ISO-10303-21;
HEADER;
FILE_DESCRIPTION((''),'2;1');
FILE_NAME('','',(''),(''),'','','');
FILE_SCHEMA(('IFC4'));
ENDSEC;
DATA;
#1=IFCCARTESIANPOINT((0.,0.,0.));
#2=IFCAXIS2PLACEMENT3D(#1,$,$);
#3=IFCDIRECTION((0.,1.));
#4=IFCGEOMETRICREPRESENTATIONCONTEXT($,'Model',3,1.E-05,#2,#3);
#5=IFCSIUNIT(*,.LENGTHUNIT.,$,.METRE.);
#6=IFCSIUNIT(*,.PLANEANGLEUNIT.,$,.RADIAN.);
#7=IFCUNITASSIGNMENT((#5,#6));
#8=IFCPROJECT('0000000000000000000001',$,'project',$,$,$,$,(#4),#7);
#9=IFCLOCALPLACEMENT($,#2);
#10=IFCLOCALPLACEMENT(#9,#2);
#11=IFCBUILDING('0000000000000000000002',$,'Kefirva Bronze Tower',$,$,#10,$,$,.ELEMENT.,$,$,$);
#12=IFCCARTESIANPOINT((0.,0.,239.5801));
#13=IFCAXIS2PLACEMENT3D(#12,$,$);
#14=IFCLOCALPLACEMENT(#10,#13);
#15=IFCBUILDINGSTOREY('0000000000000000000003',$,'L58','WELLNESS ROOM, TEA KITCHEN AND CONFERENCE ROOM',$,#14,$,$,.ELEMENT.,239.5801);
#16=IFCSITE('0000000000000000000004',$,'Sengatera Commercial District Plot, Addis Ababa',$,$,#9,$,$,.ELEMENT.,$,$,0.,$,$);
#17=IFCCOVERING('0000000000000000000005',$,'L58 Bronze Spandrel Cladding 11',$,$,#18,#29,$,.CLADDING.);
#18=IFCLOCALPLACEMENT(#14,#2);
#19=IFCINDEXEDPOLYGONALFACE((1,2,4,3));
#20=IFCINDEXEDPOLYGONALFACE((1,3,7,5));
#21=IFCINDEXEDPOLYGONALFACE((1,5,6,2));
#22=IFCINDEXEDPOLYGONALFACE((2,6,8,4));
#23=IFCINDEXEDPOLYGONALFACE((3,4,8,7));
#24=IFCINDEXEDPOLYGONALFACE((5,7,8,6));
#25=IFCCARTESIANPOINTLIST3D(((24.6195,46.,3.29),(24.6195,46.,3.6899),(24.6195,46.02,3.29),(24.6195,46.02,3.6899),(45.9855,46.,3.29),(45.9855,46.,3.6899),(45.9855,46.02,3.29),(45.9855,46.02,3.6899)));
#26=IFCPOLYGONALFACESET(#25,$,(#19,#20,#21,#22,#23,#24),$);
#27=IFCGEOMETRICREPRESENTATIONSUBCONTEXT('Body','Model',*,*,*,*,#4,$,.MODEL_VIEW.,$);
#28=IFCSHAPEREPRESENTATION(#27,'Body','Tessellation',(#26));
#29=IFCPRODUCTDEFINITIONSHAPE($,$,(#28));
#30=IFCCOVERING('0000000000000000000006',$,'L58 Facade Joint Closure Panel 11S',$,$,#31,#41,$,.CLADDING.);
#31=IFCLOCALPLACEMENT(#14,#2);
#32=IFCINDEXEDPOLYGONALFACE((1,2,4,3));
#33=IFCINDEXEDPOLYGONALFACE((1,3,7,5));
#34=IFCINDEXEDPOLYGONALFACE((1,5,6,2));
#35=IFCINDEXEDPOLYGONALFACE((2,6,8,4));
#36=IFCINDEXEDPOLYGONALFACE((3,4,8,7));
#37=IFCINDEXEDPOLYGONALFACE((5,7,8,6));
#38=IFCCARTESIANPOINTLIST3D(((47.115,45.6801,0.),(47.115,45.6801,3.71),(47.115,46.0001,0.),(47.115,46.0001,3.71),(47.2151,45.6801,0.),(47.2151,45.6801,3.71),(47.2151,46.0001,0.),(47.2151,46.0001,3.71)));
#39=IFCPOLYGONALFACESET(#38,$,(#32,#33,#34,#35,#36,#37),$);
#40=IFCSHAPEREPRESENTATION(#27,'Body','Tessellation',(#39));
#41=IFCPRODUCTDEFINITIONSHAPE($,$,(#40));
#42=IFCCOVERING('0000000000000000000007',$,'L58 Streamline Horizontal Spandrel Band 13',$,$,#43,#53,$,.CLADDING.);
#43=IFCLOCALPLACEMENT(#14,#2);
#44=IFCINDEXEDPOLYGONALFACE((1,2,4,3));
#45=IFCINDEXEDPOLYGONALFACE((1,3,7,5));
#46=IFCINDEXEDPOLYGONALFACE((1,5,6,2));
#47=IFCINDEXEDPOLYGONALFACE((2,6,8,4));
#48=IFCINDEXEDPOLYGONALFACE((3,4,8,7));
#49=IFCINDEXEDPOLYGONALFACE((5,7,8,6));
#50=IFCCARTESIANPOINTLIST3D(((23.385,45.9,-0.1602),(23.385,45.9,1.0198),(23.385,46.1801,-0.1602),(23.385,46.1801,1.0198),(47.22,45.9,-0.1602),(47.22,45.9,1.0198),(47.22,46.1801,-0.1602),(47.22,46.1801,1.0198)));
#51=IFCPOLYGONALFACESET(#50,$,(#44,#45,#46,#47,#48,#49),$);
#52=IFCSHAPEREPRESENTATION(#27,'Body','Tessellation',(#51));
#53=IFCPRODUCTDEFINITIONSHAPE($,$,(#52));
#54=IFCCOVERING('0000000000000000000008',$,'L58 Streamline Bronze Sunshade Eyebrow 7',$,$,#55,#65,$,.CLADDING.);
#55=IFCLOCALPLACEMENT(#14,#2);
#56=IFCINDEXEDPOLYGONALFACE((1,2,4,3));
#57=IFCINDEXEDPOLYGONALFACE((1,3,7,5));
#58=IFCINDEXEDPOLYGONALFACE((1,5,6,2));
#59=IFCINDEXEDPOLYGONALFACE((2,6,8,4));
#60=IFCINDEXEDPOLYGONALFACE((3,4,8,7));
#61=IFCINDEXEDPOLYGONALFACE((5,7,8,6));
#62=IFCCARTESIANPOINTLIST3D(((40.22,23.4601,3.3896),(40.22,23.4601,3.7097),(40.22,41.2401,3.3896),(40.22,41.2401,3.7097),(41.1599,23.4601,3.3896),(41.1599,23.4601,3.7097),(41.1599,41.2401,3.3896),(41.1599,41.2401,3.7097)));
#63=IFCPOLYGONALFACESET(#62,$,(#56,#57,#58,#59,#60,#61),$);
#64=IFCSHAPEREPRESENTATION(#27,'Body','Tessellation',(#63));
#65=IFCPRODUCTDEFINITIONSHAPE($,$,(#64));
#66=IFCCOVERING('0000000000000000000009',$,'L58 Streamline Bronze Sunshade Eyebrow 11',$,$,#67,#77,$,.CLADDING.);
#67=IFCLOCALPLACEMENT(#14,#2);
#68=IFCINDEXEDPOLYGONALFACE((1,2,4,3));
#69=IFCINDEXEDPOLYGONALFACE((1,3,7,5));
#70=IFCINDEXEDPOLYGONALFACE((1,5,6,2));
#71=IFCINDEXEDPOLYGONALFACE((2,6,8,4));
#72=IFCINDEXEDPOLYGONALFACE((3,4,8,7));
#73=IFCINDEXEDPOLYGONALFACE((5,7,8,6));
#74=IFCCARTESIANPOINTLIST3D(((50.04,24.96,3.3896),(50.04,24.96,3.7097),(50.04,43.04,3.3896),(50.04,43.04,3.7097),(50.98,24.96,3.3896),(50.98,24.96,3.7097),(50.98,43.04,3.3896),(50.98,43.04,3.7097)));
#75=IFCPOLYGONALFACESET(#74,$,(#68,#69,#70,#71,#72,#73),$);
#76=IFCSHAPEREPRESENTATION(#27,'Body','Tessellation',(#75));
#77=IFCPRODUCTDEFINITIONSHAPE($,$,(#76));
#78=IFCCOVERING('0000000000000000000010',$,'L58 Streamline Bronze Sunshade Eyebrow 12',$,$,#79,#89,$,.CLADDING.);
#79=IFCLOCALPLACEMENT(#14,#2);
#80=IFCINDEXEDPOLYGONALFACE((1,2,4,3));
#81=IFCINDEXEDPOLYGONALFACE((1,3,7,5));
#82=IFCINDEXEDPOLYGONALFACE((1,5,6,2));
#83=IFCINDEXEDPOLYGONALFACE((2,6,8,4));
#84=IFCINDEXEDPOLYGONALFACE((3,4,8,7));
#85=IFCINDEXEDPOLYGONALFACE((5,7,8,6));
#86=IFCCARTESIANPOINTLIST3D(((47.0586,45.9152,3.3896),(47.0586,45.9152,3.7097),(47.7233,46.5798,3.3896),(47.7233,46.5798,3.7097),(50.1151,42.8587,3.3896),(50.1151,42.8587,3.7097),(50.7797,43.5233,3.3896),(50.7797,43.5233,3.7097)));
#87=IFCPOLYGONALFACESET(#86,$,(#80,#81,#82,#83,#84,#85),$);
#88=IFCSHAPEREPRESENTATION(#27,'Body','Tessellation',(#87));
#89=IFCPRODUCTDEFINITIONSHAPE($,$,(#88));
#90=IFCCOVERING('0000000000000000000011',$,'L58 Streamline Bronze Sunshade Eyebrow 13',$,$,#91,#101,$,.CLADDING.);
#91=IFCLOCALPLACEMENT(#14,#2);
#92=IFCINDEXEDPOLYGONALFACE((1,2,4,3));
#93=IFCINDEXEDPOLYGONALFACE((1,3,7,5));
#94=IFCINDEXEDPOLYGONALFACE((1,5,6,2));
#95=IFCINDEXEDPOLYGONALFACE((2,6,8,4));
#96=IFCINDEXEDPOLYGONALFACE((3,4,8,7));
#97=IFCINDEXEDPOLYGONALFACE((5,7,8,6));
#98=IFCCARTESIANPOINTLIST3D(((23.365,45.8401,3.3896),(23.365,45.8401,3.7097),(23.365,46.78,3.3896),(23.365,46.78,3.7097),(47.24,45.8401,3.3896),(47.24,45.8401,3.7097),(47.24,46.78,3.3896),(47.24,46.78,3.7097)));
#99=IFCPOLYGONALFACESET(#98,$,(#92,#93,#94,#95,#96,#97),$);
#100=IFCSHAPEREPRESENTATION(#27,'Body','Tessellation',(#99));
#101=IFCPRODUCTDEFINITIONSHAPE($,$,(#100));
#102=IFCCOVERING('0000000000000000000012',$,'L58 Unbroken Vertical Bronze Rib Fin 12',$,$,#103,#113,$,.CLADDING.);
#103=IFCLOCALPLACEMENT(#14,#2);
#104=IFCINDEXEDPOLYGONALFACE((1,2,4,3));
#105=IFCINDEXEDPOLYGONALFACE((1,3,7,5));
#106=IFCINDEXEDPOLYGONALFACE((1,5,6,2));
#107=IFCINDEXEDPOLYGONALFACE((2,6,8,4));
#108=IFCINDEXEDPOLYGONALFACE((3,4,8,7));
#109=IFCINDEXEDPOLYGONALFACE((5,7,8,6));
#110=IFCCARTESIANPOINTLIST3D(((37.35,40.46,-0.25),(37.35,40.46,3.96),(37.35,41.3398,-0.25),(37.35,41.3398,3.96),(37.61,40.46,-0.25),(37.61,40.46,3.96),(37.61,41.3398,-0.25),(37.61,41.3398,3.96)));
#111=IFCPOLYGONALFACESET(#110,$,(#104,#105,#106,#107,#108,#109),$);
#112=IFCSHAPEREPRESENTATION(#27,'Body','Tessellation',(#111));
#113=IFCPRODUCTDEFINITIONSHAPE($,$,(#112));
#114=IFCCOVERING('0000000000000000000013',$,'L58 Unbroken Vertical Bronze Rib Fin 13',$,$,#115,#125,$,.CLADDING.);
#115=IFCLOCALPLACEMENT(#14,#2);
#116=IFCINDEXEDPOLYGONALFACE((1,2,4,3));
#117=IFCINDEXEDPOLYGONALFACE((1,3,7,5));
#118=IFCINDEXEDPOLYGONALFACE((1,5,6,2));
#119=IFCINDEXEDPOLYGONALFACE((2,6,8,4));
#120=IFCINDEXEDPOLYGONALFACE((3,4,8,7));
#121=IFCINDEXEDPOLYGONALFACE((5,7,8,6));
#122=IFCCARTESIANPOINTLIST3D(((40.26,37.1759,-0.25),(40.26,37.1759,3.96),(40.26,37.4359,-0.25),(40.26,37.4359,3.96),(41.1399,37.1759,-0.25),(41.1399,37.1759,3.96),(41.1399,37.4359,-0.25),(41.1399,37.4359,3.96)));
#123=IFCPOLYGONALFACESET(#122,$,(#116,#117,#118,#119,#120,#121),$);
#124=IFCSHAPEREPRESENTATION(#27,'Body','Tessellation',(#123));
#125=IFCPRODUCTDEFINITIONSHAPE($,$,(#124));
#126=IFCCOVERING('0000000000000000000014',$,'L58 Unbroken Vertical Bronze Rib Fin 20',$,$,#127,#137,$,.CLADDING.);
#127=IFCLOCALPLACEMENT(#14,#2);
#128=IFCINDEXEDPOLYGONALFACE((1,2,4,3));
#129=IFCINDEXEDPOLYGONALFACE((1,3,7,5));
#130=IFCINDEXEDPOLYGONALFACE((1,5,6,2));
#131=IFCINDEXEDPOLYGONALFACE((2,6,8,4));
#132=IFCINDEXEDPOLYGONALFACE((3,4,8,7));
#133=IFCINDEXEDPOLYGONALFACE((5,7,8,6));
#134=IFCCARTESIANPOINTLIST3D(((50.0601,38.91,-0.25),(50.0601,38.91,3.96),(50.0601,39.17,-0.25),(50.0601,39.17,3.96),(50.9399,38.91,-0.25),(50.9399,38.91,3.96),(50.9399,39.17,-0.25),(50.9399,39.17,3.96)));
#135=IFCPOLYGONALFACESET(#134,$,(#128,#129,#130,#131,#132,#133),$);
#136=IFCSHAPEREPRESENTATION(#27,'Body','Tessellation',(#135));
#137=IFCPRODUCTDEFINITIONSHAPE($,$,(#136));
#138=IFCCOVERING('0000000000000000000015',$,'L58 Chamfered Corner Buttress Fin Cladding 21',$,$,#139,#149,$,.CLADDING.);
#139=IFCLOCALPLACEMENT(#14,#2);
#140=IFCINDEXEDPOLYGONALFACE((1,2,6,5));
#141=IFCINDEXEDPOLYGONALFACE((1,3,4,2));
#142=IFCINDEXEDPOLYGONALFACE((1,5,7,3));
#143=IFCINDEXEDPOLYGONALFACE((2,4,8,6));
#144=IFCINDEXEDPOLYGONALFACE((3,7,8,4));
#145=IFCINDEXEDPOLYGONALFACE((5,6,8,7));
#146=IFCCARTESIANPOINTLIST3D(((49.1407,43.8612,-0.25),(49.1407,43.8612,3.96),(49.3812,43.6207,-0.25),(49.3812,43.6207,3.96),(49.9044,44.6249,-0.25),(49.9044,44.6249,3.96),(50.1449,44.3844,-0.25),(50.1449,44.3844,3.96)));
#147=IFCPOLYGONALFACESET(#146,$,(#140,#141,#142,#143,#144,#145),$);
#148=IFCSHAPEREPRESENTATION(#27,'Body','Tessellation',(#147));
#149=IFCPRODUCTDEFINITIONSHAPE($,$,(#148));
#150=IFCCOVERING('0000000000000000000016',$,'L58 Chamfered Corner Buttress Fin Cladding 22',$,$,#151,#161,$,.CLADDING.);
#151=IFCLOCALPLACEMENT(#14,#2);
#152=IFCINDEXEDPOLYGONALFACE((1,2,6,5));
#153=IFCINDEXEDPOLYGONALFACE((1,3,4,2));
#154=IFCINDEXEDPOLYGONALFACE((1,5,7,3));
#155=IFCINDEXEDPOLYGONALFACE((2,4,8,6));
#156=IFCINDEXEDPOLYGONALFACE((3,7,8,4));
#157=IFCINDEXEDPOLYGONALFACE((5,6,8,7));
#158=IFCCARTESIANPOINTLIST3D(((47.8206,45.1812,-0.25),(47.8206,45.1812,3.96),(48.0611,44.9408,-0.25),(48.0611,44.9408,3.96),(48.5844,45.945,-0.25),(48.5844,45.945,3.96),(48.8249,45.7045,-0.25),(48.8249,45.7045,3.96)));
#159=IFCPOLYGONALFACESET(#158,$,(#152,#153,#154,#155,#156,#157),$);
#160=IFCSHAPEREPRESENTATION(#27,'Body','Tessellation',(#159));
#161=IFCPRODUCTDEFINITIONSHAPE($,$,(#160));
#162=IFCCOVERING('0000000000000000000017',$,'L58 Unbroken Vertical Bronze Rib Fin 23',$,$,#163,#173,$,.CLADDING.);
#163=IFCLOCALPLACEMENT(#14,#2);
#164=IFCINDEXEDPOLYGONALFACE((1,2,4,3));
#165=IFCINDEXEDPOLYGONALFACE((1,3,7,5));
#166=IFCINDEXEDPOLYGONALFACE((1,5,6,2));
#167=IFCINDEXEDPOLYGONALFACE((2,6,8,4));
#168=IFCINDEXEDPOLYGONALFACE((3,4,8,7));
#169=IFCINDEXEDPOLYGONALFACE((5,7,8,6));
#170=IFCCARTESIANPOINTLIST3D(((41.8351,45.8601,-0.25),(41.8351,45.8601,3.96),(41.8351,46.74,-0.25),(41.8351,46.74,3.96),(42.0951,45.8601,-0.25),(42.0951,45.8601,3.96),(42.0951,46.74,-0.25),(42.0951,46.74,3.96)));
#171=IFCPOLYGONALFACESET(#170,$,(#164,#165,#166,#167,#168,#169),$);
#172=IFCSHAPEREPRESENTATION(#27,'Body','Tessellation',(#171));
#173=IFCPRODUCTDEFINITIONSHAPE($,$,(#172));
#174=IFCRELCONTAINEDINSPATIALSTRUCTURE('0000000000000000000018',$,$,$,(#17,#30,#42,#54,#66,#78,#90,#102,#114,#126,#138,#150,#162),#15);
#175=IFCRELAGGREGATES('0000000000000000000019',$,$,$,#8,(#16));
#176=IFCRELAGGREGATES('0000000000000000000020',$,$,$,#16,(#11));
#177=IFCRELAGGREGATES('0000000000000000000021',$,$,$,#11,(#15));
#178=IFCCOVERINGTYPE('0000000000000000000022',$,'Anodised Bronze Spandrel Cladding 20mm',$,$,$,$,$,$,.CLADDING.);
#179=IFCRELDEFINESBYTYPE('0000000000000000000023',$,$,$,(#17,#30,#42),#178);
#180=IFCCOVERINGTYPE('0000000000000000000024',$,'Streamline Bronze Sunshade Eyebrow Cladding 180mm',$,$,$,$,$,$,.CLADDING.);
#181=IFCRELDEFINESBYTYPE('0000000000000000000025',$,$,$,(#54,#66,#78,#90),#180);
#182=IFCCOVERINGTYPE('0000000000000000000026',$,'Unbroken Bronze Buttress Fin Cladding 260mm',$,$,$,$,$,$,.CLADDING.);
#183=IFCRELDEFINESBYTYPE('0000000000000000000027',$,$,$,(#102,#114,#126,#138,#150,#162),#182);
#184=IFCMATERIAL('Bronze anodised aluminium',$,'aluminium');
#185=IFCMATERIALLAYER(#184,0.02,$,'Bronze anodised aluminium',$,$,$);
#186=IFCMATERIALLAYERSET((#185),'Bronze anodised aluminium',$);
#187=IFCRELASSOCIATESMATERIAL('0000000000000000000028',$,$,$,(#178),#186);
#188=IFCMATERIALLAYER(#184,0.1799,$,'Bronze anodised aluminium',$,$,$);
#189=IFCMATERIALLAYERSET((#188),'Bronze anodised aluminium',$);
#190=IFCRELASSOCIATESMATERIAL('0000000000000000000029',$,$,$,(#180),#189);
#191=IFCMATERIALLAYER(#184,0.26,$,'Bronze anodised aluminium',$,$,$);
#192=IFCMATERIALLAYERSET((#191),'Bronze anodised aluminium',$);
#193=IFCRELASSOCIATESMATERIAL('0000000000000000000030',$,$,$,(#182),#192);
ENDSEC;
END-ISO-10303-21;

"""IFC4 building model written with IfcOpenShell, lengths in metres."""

from ifc_helpers import new_model, si_unit, direction, frame, origin, origin_2d, place, context, subcontext, project, spatial, rectangle, extrude, material, layer, layer_set, type_object, element, save


model = new_model("IFC4")

# Units and contexts
model_context = context("Model", 3, precision=1e-05, world=origin(), true_north=direction((0.0, 1.0)))
body_context = subcontext(model_context, "Body", "Model", "MODEL_VIEW")
ifc_project = project(units=[si_unit("LENGTHUNIT", "METRE"), si_unit("PLANEANGLEUNIT", "RADIAN")], contexts=[model_context])

# Site, building, storey
site_placement = place(None, origin())
site = spatial("IfcSite", under=ifc_project, at=site_placement, Name="Sengatera Commercial District Plot, Addis Ababa", CompositionType="ELEMENT", RefElevation=0.0)
building_placement = place(site_placement, origin())
building = spatial("IfcBuilding", under=site, at=building_placement, Name="Kefirva Bronze Tower", CompositionType="ELEMENT")
storey_placement = place(building_placement, frame((0.0, 0.0, 239.5801)))
storey = spatial("IfcBuildingStorey", under=building, at=storey_placement, Name="L58", Description="WELLNESS ROOM, TEA KITCHEN AND CONFERENCE ROOM", CompositionType="ELEMENT", Elevation=239.5801)

# Shared definitions
ifc_material_1 = material(Name="Bronze anodised aluminium", Category="aluminium")

# Coverings
ifc_layer_1 = layer(ifc_material_1, 0.02, Name="Bronze anodised aluminium")
ifc_layer_set_1 = layer_set([ifc_layer_1], Name="Bronze anodised aluminium")
covering_type_1 = type_object("IfcCoveringType", Name="Anodised Bronze Spandrel Cladding 20mm", PredefinedType="CLADDING", material=ifc_layer_set_1)
covering_1_placement = place(storey_placement, frame((35.3025, 46.01, 3.29), z_axis=(0.0, 0.0, 1.0), x_axis=(-1.0, 0.0, 0.0)))
element("IfcCovering", 1, at=covering_1_placement, inside=storey, type_object=covering_type_1, Name="L58 Bronze Spandrel Cladding 11", PredefinedType="CLADDING", context=body_context, shape_type="SweptSolid", body=[
    extrude(rectangle(XDim=21.366, YDim=0.02, at=origin_2d()), origin(), (0.0, 0.0, 1.0), 0.3999),
])
covering_2_placement = place(storey_placement, frame((47.165, 45.8401, 0.0), z_axis=(0.0, 0.0, 1.0), x_axis=(-1.0, 0.0, 0.0)))
element("IfcCovering", 2, at=covering_2_placement, inside=storey, type_object=covering_type_1, Name="L58 Facade Joint Closure Panel 11S", PredefinedType="CLADDING", context=body_context, shape_type="SweptSolid", body=[
    extrude(rectangle(XDim=0.1001, YDim=0.3201, at=origin_2d()), origin(), (0.0, 0.0, 1.0), 3.71),
])
covering_3_placement = place(storey_placement, frame((35.3025, 46.04, -0.1602), z_axis=(0.0, 0.0, 1.0), x_axis=(-1.0, 0.0, 0.0)))
element("IfcCovering", 3, at=covering_3_placement, inside=storey, type_object=covering_type_1, Name="L58 Streamline Horizontal Spandrel Band 13", PredefinedType="CLADDING", context=body_context, shape_type="SweptSolid", body=[
    extrude(rectangle(XDim=23.835, YDim=0.28, at=origin_2d()), origin(), (0.0, 0.0, 1.0), 1.1799),
])
ifc_layer_2 = layer(ifc_material_1, 0.1799, Name="Bronze anodised aluminium")
ifc_layer_set_2 = layer_set([ifc_layer_2], Name="Bronze anodised aluminium")
covering_type_2 = type_object("IfcCoveringType", Name="Streamline Bronze Sunshade Eyebrow Cladding 180mm", PredefinedType="CLADDING", material=ifc_layer_set_2)
covering_4_placement = place(storey_placement, frame((40.6899, 32.3501, 3.3896), z_axis=(0.0, 0.0, 1.0), x_axis=(0.0, -1.0, 0.0)))
element("IfcCovering", 4, at=covering_4_placement, inside=storey, type_object=covering_type_2, Name="L58 Streamline Bronze Sunshade Eyebrow 7", PredefinedType="CLADDING", context=body_context, shape_type="SweptSolid", body=[
    extrude(rectangle(XDim=17.78, YDim=0.9399, at=origin_2d()), origin(), (0.0, 0.0, 1.0), 0.3201),
])
covering_5_placement = place(storey_placement, frame((50.51, 34.0, 3.3896), z_axis=(0.0, 0.0, 1.0), x_axis=(0.0, 1.0, 0.0)))
element("IfcCovering", 5, at=covering_5_placement, inside=storey, type_object=covering_type_2, Name="L58 Streamline Bronze Sunshade Eyebrow 11", PredefinedType="CLADDING", context=body_context, shape_type="SweptSolid", body=[
    extrude(rectangle(XDim=18.0801, YDim=0.9399, at=origin_2d()), origin(), (0.0, 0.0, 1.0), 0.3201),
])
covering_6_placement = place(storey_placement, frame((48.9192, 44.7192, 3.3896), z_axis=(0.0, 0.0, 1.0), x_axis=(-0.707107, 0.707107, 0.0)))
element("IfcCovering", 6, at=covering_6_placement, inside=storey, type_object=covering_type_2, Name="L58 Streamline Bronze Sunshade Eyebrow 12", PredefinedType="CLADDING", context=body_context, shape_type="SweptSolid", body=[
    extrude(rectangle(XDim=4.3225, YDim=0.9399, at=origin_2d()), origin(), (0.0, 0.0, 1.0), 0.3201),
])
covering_7_placement = place(storey_placement, frame((35.3025, 46.3101, 3.3896), z_axis=(0.0, 0.0, 1.0), x_axis=(-1.0, 0.0, 0.0)))
element("IfcCovering", 7, at=covering_7_placement, inside=storey, type_object=covering_type_2, Name="L58 Streamline Bronze Sunshade Eyebrow 13", PredefinedType="CLADDING", context=body_context, shape_type="SweptSolid", body=[
    extrude(rectangle(XDim=23.875, YDim=0.9399, at=origin_2d()), origin(), (0.0, 0.0, 1.0), 0.3201),
])
ifc_layer_3 = layer(ifc_material_1, 0.26, Name="Bronze anodised aluminium")
ifc_layer_set_3 = layer_set([ifc_layer_3], Name="Bronze anodised aluminium")
covering_type_3 = type_object("IfcCoveringType", Name="Unbroken Bronze Buttress Fin Cladding 260mm", PredefinedType="CLADDING", material=ifc_layer_set_3)
for number, where, z_axis, x_axis, name in (
    (8, (37.48, 40.8999, -0.25), (0.0, 0.0, 1.0), (1.0, 0.0, 0.0), "L58 Unbroken Vertical Bronze Rib Fin 12"),
    (9, (40.7, 37.3059, -0.25), (0.0, 0.0, 1.0), (0.0, -1.0, 0.0), "L58 Unbroken Vertical Bronze Rib Fin 13"),
    (10, (50.5, 39.04, -0.25), (0.0, 0.0, 1.0), (0.0, 1.0, 0.0), "L58 Unbroken Vertical Bronze Rib Fin 20"),
):
    element("IfcCovering", number, at=place(storey_placement, frame(where, z_axis=z_axis, x_axis=x_axis)), inside=storey, type_object=covering_type_3, Name=name, PredefinedType="CLADDING", context=body_context, shape_type="SweptSolid", body=[
        extrude(rectangle(XDim=0.26, YDim=0.8799, at=origin_2d()), origin(), (0.0, 0.0, 1.0), 4.21),
    ])
for number, where, z_axis, x_axis, name in (
    (11, (49.6428, 44.1228, -0.25), (0.0, 0.0, 1.0), (-0.707107, 0.707107, 0.0), "L58 Chamfered Corner Buttress Fin Cladding 21"),
    (12, (48.3228, 45.4429, -0.25), (0.0, 0.0, 1.0), (-0.707107, 0.707107, 0.0), "L58 Chamfered Corner Buttress Fin Cladding 22"),
):
    element("IfcCovering", number, at=place(storey_placement, frame(where, z_axis=z_axis, x_axis=x_axis)), inside=storey, type_object=covering_type_3, Name=name, PredefinedType="CLADDING", context=body_context, shape_type="SweptSolid", body=[
        extrude(rectangle(XDim=0.3401, YDim=1.0801, at=origin_2d()), origin(), (0.0, 0.0, 1.0), 4.21),
    ])
covering_8_placement = place(storey_placement, frame((41.9651, 46.3, -0.25), z_axis=(0.0, 0.0, 1.0), x_axis=(-1.0, 0.0, 0.0)))
element("IfcCovering", 13, at=covering_8_placement, inside=storey, type_object=covering_type_3, Name="L58 Unbroken Vertical Bronze Rib Fin 23", PredefinedType="CLADDING", context=body_context, shape_type="SweptSolid", body=[
    extrude(rectangle(XDim=0.26, YDim=0.8799, at=origin_2d()), origin(), (0.0, 0.0, 1.0), 4.21),
])

save(model, "model.ifc")
